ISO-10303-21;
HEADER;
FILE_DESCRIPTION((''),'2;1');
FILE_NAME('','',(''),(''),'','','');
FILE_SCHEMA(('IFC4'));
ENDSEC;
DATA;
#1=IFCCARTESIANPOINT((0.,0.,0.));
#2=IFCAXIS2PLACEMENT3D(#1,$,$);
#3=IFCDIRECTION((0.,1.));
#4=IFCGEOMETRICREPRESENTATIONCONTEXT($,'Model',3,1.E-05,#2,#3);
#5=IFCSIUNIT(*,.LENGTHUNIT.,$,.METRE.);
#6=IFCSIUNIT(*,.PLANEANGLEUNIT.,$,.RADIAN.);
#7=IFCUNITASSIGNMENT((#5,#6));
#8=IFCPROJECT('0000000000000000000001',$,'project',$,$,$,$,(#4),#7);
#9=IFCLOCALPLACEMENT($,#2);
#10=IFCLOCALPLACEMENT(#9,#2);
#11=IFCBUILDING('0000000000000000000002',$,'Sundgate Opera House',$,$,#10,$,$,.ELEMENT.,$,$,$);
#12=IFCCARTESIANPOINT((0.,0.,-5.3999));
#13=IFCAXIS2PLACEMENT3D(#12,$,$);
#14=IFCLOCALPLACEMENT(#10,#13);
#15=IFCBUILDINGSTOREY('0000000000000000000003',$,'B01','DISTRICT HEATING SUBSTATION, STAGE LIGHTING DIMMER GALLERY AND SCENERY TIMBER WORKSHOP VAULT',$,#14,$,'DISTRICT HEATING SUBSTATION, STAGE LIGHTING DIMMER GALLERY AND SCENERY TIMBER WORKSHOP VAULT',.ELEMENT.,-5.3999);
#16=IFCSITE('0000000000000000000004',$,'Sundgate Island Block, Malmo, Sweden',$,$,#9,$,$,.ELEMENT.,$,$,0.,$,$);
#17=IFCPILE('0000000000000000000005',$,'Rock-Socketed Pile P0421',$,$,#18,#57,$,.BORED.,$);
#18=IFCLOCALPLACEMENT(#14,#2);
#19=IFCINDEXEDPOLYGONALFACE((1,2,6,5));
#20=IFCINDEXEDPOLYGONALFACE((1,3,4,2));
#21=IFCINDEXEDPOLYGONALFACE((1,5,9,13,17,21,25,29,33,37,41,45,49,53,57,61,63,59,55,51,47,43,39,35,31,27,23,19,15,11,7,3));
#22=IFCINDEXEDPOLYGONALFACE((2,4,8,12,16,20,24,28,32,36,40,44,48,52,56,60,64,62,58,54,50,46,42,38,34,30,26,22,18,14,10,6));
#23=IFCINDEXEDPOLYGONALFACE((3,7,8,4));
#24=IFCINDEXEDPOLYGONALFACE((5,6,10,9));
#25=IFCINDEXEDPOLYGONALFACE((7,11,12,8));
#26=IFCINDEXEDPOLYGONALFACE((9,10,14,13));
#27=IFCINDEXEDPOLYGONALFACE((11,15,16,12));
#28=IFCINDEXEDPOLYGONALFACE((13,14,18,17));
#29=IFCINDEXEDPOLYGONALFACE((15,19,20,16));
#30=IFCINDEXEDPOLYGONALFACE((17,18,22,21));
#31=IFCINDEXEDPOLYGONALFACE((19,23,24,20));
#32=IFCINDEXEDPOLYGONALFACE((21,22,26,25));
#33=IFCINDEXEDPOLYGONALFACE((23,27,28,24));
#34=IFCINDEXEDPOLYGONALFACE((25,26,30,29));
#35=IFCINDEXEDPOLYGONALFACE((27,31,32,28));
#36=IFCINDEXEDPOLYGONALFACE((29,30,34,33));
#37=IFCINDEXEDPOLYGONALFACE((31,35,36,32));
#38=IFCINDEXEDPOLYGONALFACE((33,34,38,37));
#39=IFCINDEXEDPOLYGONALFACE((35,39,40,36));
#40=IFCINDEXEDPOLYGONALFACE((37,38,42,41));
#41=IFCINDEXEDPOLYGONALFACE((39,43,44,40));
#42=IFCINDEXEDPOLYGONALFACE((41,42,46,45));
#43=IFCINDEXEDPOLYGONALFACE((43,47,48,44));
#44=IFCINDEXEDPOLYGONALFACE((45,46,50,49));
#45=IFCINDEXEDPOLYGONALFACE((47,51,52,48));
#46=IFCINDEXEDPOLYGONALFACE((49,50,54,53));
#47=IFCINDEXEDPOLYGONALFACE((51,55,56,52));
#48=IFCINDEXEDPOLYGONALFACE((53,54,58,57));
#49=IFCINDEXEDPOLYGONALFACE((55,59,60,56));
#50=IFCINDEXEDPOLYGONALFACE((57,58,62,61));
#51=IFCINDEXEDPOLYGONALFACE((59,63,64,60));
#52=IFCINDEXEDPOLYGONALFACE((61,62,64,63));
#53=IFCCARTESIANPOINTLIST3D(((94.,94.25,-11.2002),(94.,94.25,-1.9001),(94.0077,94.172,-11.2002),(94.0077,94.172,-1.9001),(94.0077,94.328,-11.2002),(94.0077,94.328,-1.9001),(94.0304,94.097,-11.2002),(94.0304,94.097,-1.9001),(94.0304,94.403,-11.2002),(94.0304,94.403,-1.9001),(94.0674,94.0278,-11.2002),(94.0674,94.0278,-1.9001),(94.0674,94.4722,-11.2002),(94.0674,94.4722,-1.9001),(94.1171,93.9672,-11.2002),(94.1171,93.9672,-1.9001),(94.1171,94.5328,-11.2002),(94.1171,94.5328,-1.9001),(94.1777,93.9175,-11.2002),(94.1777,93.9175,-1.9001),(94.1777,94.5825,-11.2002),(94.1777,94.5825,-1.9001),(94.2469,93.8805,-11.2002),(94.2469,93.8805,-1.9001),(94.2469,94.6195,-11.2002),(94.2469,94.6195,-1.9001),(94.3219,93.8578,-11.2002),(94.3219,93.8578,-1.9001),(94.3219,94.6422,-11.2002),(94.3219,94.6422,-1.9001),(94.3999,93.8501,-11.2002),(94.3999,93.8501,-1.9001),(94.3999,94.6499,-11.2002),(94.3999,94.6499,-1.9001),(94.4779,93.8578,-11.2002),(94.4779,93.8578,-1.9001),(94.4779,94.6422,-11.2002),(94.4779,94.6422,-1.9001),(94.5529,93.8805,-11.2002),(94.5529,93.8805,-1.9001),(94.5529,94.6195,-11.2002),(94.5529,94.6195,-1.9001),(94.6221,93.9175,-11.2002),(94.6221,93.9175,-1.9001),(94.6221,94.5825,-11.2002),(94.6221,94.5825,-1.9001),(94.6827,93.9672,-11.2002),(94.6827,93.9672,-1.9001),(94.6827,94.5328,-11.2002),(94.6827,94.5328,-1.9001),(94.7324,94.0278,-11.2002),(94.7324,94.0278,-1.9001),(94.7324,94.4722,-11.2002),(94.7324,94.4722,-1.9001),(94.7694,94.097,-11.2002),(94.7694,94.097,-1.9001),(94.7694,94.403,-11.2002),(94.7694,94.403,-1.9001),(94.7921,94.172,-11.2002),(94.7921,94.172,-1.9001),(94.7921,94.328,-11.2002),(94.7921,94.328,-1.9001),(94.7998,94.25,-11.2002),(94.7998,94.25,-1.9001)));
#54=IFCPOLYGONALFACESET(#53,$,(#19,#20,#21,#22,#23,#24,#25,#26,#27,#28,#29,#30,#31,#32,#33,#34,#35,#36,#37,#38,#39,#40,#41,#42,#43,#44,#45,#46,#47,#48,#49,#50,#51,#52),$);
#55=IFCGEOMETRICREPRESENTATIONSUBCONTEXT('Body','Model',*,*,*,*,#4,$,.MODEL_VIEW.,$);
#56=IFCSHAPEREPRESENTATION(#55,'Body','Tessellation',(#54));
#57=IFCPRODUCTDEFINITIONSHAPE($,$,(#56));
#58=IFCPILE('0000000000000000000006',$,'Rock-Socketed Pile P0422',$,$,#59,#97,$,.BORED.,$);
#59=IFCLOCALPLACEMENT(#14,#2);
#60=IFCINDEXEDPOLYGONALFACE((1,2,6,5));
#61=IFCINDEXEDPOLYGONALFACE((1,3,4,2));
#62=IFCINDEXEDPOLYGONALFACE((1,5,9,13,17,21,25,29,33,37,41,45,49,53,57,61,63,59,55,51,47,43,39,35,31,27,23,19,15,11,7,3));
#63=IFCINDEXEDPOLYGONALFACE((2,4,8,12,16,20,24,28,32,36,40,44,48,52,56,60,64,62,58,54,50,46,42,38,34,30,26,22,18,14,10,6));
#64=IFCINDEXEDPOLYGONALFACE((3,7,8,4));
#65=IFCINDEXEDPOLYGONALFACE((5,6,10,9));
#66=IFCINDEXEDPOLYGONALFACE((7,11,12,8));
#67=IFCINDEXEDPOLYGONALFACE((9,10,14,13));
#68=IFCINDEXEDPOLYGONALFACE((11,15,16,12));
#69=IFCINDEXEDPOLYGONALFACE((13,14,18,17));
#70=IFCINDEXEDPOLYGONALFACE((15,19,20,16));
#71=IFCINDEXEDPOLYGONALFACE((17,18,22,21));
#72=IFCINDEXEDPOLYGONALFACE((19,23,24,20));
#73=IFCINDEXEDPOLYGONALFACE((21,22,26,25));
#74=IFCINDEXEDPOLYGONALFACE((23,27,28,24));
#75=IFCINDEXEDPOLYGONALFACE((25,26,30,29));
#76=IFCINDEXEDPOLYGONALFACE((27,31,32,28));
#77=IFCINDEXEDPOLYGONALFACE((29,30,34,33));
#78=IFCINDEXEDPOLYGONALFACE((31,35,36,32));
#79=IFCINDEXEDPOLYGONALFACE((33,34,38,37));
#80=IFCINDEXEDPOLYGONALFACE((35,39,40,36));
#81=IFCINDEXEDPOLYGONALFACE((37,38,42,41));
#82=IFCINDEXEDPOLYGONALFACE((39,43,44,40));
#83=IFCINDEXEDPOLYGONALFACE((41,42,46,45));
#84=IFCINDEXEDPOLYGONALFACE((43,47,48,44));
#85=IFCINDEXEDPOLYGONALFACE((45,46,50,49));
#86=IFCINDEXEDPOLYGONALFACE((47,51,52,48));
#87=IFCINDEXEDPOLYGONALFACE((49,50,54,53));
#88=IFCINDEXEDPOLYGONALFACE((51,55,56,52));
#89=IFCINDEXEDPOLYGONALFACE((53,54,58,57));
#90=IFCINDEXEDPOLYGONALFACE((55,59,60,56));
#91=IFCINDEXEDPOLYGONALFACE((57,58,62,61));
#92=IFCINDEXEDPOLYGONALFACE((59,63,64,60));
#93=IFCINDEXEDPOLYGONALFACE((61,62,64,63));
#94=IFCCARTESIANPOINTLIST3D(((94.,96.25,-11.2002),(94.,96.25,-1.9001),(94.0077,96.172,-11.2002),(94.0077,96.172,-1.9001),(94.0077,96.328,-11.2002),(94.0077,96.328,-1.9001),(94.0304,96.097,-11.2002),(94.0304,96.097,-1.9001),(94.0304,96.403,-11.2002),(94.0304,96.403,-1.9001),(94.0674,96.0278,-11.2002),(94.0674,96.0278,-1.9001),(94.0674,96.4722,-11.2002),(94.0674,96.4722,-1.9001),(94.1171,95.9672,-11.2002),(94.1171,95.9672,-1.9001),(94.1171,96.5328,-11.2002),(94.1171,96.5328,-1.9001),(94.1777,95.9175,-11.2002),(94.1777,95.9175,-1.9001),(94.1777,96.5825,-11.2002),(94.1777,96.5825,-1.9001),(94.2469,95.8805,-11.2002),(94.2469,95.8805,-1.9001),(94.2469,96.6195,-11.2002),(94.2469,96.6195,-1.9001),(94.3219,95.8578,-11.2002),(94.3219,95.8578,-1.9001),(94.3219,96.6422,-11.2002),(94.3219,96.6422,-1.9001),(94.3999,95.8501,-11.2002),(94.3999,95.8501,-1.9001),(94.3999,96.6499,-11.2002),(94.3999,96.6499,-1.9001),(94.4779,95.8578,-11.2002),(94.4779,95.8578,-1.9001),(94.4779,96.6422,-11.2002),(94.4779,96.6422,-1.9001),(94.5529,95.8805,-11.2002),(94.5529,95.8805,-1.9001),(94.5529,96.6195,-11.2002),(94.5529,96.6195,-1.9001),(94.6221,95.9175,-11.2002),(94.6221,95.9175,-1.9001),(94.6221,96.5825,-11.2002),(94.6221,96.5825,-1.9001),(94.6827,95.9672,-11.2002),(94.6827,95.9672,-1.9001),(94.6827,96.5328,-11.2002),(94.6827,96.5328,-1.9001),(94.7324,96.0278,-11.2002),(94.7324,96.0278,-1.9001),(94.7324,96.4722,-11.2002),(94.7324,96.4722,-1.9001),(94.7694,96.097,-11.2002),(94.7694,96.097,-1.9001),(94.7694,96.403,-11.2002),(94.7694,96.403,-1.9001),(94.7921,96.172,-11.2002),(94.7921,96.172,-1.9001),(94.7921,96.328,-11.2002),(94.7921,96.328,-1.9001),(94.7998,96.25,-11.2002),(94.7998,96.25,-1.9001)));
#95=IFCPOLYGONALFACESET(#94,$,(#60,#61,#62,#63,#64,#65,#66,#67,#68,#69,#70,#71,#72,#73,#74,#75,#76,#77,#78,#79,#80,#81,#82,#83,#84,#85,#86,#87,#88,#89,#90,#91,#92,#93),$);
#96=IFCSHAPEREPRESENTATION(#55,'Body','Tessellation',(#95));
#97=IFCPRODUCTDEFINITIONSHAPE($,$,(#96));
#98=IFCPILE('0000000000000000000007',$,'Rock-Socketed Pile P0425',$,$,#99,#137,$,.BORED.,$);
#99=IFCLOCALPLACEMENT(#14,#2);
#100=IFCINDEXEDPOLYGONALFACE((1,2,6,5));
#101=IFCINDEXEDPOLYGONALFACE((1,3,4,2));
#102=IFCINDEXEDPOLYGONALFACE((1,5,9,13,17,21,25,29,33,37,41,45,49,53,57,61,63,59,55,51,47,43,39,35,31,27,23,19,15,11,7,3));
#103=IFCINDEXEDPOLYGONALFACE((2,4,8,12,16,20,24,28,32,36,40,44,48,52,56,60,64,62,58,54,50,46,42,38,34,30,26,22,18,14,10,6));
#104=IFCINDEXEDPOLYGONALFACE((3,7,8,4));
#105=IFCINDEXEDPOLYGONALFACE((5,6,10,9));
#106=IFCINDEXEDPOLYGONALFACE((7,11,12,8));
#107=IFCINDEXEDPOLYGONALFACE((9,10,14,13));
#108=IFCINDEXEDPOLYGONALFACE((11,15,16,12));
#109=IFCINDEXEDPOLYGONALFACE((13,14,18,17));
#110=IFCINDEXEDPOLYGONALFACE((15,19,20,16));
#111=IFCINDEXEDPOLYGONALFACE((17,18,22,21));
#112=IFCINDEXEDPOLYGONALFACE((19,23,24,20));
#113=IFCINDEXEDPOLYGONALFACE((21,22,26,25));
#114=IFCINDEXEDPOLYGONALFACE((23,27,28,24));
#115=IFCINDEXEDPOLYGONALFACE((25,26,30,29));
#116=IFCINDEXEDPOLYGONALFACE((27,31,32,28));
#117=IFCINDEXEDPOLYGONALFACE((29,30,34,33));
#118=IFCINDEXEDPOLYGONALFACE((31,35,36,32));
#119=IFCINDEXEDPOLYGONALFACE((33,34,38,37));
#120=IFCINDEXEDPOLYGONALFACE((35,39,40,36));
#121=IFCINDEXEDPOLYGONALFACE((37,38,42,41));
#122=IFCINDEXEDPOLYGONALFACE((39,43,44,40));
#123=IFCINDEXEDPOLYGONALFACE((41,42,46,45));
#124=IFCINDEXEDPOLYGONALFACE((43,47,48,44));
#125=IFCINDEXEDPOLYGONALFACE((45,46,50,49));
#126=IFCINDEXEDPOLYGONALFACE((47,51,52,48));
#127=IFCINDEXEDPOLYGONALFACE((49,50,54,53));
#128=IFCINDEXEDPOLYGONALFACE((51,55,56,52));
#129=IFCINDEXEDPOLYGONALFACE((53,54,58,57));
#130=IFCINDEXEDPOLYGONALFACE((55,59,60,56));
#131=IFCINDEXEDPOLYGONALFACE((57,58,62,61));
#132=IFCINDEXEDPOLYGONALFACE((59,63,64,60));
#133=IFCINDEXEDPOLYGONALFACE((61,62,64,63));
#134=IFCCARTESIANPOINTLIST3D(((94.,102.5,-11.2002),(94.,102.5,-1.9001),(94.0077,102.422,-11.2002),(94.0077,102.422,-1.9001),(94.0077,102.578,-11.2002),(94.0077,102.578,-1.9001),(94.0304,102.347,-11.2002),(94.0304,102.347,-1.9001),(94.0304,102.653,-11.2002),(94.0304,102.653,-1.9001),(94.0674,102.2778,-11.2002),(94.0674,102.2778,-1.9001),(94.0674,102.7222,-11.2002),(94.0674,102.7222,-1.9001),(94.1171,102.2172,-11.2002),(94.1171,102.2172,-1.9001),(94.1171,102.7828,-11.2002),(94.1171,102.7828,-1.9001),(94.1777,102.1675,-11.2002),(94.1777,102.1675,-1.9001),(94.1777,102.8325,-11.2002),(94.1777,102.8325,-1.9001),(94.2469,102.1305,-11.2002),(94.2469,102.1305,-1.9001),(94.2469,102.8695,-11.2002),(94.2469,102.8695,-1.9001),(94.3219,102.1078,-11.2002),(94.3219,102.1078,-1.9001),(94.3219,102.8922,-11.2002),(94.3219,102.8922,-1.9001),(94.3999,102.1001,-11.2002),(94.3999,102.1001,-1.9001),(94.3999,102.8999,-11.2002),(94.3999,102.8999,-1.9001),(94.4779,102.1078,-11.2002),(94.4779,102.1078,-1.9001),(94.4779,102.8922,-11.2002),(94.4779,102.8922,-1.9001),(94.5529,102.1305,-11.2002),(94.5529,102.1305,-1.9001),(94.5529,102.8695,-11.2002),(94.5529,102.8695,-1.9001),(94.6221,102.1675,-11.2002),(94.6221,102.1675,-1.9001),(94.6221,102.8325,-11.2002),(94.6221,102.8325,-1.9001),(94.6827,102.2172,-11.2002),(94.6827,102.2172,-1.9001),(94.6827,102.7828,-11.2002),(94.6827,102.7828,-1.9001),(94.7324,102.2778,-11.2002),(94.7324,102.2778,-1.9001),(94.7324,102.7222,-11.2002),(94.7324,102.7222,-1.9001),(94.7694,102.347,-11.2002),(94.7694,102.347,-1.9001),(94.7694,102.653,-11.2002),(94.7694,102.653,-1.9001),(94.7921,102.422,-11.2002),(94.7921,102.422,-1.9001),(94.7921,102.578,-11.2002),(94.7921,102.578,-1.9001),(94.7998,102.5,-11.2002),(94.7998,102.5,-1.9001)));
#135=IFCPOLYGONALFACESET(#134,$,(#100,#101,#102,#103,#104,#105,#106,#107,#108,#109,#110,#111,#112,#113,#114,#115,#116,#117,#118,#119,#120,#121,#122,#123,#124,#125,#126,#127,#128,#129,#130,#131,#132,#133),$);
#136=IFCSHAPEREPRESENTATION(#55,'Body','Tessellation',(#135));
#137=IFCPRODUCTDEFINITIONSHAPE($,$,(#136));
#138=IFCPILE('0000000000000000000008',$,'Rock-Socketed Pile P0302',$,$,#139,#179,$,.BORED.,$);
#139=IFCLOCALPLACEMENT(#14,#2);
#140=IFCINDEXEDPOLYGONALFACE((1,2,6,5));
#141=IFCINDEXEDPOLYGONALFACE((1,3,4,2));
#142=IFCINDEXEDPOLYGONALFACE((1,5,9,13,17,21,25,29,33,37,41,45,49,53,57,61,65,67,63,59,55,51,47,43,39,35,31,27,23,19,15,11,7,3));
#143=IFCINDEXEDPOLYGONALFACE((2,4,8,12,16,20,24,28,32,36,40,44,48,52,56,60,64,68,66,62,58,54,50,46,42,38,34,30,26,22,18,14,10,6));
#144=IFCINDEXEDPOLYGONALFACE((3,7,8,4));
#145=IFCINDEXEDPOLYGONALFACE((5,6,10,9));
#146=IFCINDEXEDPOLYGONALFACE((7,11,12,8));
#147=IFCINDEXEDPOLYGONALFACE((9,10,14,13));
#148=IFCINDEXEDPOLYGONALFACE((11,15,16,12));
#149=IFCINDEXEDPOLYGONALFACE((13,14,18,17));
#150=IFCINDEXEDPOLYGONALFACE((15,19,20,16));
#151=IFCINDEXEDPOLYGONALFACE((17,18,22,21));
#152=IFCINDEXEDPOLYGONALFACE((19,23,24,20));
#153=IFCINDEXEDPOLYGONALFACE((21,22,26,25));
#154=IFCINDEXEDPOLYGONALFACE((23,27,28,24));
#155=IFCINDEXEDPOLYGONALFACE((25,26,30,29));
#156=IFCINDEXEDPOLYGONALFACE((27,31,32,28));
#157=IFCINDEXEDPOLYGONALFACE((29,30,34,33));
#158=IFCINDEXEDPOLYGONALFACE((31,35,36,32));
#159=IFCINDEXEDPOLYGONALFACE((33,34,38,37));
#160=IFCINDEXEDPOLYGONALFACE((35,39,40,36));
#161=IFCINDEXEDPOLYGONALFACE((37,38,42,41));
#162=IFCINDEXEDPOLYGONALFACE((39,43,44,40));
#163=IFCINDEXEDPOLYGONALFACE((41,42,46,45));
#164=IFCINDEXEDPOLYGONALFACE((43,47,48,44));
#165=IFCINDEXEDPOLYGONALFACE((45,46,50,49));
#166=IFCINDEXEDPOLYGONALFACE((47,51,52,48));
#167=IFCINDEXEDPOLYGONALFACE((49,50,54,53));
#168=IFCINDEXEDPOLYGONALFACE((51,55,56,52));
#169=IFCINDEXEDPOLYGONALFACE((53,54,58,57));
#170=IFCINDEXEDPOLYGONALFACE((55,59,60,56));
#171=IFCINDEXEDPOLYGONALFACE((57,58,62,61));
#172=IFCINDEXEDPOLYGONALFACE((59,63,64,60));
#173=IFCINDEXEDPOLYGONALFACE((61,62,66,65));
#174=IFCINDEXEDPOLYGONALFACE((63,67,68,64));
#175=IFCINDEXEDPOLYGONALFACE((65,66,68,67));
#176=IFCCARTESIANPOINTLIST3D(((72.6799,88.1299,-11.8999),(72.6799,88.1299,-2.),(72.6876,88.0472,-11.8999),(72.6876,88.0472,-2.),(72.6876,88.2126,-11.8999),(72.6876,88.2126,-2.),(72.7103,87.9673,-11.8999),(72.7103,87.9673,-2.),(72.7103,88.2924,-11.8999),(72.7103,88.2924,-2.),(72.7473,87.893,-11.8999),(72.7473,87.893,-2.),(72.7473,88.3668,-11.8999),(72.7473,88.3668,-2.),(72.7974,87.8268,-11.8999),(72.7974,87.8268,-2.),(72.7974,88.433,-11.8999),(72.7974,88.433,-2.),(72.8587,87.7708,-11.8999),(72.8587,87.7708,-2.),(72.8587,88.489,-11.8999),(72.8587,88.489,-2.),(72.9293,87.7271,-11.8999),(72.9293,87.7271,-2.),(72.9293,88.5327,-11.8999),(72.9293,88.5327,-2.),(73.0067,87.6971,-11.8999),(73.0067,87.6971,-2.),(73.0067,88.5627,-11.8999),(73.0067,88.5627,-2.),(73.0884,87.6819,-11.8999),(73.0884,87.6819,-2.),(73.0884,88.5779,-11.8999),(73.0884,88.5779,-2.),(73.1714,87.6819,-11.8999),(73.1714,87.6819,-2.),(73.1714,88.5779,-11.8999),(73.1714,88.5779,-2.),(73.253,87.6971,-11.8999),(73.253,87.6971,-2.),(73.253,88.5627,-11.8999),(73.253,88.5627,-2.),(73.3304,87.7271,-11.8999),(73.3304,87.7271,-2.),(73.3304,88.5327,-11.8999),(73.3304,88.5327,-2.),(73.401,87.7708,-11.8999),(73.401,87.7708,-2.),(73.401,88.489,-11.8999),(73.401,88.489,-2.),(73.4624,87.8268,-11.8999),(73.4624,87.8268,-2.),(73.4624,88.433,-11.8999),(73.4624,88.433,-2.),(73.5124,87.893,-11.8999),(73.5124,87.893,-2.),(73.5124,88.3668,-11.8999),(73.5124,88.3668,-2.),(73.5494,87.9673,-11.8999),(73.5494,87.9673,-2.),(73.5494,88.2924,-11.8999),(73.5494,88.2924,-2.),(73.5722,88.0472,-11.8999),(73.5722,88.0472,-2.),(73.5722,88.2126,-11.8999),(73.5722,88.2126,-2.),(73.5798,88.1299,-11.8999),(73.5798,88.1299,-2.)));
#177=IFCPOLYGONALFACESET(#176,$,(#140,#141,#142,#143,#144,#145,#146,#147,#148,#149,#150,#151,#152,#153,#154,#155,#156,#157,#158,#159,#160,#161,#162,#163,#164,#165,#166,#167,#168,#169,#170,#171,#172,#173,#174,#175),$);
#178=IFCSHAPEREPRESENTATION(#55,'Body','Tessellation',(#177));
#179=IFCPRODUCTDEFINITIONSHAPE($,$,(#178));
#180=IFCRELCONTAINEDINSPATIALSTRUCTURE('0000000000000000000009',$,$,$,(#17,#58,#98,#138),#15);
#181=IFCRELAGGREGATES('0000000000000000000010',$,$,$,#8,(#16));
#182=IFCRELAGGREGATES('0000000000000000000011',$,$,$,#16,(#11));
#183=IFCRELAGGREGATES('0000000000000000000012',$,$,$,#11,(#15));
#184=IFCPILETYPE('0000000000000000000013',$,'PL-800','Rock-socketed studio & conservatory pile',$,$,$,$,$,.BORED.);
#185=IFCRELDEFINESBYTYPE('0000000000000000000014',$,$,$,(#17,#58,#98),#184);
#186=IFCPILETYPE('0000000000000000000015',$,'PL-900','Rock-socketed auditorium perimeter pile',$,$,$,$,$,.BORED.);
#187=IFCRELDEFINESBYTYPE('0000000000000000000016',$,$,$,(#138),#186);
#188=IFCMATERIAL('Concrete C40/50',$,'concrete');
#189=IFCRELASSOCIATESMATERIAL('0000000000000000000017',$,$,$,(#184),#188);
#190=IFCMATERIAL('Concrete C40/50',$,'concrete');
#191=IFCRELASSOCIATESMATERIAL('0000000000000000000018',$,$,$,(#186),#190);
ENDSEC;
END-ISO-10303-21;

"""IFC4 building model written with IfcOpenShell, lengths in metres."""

from ifc_helpers import new_model, si_unit, direction, frame, origin, origin_2d, place, context, subcontext, project, spatial, circle, extrude, material, material_profile, profile_set, type_object, element, save


model = new_model("IFC4")

# Units and contexts
model_context = context("Model", 3, precision=1e-05, world=origin(), true_north=direction((0.0, 1.0)))
body_context = subcontext(model_context, "Body", "Model", "MODEL_VIEW")
ifc_project = project(units=[si_unit("LENGTHUNIT", "METRE"), si_unit("PLANEANGLEUNIT", "RADIAN")], contexts=[model_context])

# Site, building, storey
site_placement = place(None, origin())
site = spatial("IfcSite", under=ifc_project, at=site_placement, Name="Sundgate Island Block, Malmo, Sweden", CompositionType="ELEMENT", RefElevation=0.0)
building_placement = place(site_placement, origin())
building = spatial("IfcBuilding", under=site, at=building_placement, Name="Sundgate Opera House", CompositionType="ELEMENT")
storey_placement = place(building_placement, frame((0.0, 0.0, -5.3999)))
storey = spatial("IfcBuildingStorey", under=building, at=storey_placement, Name="B01", Description="DISTRICT HEATING SUBSTATION, STAGE LIGHTING DIMMER GALLERY AND SCENERY TIMBER WORKSHOP VAULT", LongName="DISTRICT HEATING SUBSTATION, STAGE LIGHTING DIMMER GALLERY AND SCENERY TIMBER WORKSHOP VAULT", CompositionType="ELEMENT", Elevation=-5.3999)

# Piles
ifc_material_1 = material(Name="Concrete C40/50", Category="concrete")
ifc_material_profile_1 = material_profile(ifc_material_1, circle(Radius=0.3999, at=origin_2d()), Name="PILE D800")
ifc_profile_set_1 = profile_set([ifc_material_profile_1], Name="Concrete C40/50")
pile_type_1 = type_object("IfcPileType", Name="PL-800", Description="Rock-socketed studio & conservatory pile", PredefinedType="BORED", material=ifc_profile_set_1)
for number, where, z_axis, x_axis, name in (
    (1, (94.3999, 94.25, -1.9001), (0.0, 0.0, -1.0), (1.0, 0.0, 0.0), "Rock-Socketed Pile P0421"),
    (2, (94.3999, 96.25, -1.9001), (0.0, 0.0, -1.0), (1.0, 0.0, 0.0), "Rock-Socketed Pile P0422"),
    (3, (94.3999, 102.5, -1.9001), (0.0, 0.0, -1.0), (1.0, 0.0, 0.0), "Rock-Socketed Pile P0425"),
):
    element("IfcPile", number, at=place(storey_placement, frame(where, z_axis=z_axis, x_axis=x_axis)), inside=storey, type_object=pile_type_1, Name=name, PredefinedType="BORED", context=body_context, shape_type="SweptSolid", body=[
        extrude(circle(Radius=0.3999, at=origin_2d()), origin(), (0.0, 0.0, 1.0), 9.3),
    ])
ifc_material_2 = material(Name="Concrete C40/50", Category="concrete")
ifc_material_profile_2 = material_profile(ifc_material_2, circle(Radius=0.45, at=origin_2d()), Name="PILE D900")
ifc_profile_set_2 = profile_set([ifc_material_profile_2], Name="Concrete C40/50")
pile_type_2 = type_object("IfcPileType", Name="PL-900", Description="Rock-socketed auditorium perimeter pile", PredefinedType="BORED", material=ifc_profile_set_2)
for number, where, z_axis, x_axis, name in (
    (4, (73.1299, 88.1299, -2.0), (0.0, 0.0, -1.0), (1.0, 0.0, 0.0), "Rock-Socketed Pile P0302"),
):
    element("IfcPile", number, at=place(storey_placement, frame(where, z_axis=z_axis, x_axis=x_axis)), inside=storey, type_object=pile_type_2, Name=name, PredefinedType="BORED", context=body_context, shape_type="SweptSolid", body=[
        extrude(circle(Radius=0.45, at=origin_2d()), origin(), (0.0, 0.0, 1.0), 9.8999),
    ])

save(model, "model.ifc")
